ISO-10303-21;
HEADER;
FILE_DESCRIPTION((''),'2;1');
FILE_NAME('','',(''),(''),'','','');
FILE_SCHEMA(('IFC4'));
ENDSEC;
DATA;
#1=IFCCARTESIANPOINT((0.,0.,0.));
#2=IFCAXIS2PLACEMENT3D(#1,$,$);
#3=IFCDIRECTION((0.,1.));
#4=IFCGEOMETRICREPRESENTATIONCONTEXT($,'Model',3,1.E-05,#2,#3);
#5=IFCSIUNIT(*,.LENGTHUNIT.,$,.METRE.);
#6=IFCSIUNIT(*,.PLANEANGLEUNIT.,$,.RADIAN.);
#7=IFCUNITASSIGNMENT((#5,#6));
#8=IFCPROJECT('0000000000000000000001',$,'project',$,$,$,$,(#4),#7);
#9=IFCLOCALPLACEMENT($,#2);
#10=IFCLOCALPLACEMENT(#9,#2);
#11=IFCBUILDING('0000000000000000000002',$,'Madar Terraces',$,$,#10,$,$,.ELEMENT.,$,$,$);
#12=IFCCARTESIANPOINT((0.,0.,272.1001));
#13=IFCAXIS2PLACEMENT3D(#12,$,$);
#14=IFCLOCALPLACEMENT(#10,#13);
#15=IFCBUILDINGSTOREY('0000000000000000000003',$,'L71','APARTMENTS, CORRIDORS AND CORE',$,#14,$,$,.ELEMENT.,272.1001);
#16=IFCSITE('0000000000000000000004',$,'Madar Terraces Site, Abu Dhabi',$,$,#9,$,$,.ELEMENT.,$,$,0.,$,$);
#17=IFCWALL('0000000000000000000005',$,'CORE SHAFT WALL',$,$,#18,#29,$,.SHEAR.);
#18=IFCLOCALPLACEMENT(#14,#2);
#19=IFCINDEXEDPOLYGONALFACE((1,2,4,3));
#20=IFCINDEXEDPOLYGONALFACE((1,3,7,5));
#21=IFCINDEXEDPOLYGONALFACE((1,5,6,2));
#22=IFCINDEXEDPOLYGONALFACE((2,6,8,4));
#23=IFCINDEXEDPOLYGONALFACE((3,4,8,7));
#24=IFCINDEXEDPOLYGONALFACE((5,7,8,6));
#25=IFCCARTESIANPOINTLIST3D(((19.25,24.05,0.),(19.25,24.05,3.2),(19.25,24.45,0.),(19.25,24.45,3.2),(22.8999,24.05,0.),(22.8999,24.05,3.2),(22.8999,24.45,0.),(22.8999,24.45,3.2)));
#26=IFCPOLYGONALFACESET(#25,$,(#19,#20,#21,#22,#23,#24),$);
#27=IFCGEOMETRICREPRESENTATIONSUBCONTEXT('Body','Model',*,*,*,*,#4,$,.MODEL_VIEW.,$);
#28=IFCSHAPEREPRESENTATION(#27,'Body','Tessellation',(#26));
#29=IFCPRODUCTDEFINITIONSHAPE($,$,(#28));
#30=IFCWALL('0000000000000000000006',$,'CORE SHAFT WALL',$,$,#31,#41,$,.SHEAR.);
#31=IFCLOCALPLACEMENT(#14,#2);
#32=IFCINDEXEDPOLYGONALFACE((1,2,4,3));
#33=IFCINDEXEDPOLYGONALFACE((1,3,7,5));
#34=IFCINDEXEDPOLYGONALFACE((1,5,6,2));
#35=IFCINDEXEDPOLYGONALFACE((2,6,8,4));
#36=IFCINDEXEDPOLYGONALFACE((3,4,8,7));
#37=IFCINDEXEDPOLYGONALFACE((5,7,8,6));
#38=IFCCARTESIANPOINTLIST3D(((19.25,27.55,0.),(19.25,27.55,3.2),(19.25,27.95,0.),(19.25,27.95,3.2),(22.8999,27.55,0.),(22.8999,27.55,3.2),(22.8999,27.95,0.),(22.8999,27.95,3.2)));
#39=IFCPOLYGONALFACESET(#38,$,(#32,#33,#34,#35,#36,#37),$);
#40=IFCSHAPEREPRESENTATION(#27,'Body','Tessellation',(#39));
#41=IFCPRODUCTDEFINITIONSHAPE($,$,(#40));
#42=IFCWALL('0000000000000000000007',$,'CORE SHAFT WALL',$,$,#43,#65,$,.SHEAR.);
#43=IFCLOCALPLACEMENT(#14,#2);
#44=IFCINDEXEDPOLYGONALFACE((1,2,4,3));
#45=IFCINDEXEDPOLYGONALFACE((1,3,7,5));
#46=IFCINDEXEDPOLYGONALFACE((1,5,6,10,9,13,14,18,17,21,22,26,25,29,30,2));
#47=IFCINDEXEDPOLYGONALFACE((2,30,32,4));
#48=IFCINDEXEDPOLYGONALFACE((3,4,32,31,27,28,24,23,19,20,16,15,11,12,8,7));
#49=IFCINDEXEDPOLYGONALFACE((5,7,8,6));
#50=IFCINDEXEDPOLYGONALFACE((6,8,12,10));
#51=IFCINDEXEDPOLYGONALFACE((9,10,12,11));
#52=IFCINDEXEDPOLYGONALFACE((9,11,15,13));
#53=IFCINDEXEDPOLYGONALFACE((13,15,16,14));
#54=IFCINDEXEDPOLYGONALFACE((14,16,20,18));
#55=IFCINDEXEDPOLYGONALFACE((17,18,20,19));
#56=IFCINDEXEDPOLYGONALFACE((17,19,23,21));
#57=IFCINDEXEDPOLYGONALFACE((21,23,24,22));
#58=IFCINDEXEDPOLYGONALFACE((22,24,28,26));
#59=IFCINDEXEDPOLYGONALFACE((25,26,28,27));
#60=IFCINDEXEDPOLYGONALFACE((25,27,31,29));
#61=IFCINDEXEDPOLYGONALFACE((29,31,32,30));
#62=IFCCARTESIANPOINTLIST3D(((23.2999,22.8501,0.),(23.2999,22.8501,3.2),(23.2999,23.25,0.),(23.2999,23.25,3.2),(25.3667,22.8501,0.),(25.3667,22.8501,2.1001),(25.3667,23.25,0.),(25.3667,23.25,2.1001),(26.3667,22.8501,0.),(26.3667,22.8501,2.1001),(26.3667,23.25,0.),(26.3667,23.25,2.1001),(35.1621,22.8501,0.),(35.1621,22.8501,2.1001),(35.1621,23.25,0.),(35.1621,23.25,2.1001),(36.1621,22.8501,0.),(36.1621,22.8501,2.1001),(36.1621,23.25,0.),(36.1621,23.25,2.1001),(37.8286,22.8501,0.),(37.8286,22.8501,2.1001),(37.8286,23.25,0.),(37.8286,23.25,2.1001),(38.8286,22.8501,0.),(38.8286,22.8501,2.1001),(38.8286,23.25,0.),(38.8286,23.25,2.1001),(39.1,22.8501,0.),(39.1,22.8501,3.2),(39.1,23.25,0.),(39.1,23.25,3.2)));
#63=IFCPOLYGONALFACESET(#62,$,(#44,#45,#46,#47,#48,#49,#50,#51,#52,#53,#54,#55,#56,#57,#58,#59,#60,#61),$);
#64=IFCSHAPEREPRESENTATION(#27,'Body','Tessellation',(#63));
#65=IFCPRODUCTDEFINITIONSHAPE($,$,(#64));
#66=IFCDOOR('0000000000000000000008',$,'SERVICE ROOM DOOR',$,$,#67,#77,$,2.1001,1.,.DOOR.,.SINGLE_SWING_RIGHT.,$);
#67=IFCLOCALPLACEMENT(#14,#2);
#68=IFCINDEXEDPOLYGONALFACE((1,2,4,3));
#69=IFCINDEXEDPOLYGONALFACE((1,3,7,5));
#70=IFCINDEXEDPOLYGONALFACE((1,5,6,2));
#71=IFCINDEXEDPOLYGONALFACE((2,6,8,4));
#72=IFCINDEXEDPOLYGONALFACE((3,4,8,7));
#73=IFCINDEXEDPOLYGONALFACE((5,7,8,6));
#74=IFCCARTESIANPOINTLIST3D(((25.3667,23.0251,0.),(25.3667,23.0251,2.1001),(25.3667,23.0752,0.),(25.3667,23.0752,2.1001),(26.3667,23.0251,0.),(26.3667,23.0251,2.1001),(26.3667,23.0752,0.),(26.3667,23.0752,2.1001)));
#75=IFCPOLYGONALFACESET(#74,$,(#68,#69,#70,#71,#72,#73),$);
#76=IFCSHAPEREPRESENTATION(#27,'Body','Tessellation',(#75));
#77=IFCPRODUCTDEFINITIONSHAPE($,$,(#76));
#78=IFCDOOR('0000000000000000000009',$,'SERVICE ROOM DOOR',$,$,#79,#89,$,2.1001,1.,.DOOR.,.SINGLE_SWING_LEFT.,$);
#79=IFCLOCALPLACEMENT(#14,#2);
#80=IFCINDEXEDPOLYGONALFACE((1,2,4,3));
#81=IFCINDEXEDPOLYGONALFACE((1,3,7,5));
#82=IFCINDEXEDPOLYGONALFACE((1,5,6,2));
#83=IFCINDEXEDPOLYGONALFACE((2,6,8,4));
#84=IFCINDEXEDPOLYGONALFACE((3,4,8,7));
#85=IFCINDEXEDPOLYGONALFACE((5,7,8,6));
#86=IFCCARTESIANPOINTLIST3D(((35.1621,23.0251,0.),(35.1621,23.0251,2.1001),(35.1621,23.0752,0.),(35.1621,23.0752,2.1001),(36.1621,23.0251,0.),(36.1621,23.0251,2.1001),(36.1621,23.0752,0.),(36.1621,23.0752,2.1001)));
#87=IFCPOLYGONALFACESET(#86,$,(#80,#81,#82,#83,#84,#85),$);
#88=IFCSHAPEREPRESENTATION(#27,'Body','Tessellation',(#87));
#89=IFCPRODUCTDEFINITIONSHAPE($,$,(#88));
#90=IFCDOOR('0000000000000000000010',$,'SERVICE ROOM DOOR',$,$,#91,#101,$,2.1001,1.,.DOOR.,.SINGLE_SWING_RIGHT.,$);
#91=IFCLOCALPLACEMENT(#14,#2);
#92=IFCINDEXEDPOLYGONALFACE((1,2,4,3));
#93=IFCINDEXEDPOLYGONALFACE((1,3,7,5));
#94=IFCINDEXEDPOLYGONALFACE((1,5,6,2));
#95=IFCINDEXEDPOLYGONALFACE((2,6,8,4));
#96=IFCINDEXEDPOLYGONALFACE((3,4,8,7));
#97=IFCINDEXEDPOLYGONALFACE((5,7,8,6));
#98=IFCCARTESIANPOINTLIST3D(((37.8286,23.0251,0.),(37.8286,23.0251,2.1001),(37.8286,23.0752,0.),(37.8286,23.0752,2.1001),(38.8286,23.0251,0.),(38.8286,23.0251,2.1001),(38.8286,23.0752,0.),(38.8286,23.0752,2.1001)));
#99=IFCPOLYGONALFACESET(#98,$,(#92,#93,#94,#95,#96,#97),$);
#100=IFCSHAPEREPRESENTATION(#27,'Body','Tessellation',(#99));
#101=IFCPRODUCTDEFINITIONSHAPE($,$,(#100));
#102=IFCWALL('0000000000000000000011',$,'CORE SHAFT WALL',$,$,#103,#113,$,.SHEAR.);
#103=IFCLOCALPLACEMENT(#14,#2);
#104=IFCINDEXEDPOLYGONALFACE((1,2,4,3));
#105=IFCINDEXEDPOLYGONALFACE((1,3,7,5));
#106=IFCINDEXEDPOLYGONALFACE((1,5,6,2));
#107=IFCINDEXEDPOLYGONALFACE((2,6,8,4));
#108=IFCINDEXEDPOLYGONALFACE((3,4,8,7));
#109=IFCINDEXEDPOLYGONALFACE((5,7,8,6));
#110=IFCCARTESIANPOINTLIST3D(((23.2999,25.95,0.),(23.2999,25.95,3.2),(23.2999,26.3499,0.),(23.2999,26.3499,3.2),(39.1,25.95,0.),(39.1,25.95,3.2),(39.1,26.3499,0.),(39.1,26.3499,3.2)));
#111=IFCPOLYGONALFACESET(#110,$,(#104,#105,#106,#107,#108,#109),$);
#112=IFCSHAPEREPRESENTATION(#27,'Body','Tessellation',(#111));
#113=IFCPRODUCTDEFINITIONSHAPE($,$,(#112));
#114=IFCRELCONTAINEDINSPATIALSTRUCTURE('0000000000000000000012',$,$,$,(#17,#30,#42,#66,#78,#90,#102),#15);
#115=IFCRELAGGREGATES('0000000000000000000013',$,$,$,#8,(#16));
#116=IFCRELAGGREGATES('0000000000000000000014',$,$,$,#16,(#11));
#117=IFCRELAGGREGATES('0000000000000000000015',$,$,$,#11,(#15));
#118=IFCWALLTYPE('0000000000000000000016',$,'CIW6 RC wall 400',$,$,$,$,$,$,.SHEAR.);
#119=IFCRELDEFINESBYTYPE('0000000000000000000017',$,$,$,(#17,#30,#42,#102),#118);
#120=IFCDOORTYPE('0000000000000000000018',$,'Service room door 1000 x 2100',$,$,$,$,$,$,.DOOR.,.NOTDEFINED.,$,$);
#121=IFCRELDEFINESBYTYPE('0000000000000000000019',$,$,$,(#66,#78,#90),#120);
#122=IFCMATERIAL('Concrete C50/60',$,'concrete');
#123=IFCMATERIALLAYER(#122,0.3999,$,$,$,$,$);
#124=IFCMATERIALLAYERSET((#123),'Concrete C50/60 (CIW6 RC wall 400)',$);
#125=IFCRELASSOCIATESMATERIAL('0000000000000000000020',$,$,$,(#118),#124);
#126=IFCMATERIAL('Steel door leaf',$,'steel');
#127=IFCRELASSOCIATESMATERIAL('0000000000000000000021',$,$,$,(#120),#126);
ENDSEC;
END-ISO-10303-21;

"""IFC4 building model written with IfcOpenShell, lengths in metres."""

from ifc_helpers import new_model, si_unit, direction, frame, frame_2d, origin, place, context, subcontext, project, spatial, rectangle, extrude, material, layer, layer_set, type_object, element, fill, save


model = new_model("IFC4")

# Units and contexts
model_context = context("Model", 3, precision=1e-05, world=origin(), true_north=direction((0.0, 1.0)))
body_context = subcontext(model_context, "Body", "Model", "MODEL_VIEW")
ifc_project = project(units=[si_unit("LENGTHUNIT", "METRE"), si_unit("PLANEANGLEUNIT", "RADIAN")], contexts=[model_context])

# Site, building, storey
site_placement = place(None, origin())
site = spatial("IfcSite", under=ifc_project, at=site_placement, Name="Madar Terraces Site, Abu Dhabi", CompositionType="ELEMENT", RefElevation=0.0)
building_placement = place(site_placement, origin())
building = spatial("IfcBuilding", under=site, at=building_placement, Name="Madar Terraces", CompositionType="ELEMENT")
storey_placement = place(building_placement, frame((0.0, 0.0, 272.1001)))
storey = spatial("IfcBuildingStorey", under=building, at=storey_placement, Name="L71", Description="APARTMENTS, CORRIDORS AND CORE", CompositionType="ELEMENT", Elevation=272.1001)

# Walls
ifc_material_1 = material(Name="Concrete C50/60", Category="concrete")
ifc_layer_1 = layer(ifc_material_1, 0.3999)
ifc_layer_set_1 = layer_set([ifc_layer_1], Name="Concrete C50/60 (CIW6 RC wall 400)")
wall_type_1 = type_object("IfcWallType", Name="CIW6 RC wall 400", PredefinedType="SHEAR", material=ifc_layer_set_1)
for number, where, z_axis, x_axis, name in (
    (1, (19.25, 24.25, 0.0), (0.0, 0.0, 1.0), (1.0, 0.0, 0.0), "CORE SHAFT WALL"),
    (2, (19.25, 27.75, 0.0), (0.0, 0.0, 1.0), (1.0, 0.0, 0.0), "CORE SHAFT WALL"),
):
    element("IfcWall", number, at=place(storey_placement, frame(where, z_axis=z_axis, x_axis=x_axis)), inside=storey, type_object=wall_type_1, Name=name, PredefinedType="SHEAR", context=body_context, shape_type="SweptSolid", body=[
        extrude(rectangle(XDim=3.6499, YDim=0.3999, at=frame_2d((1.825, 0.0))), origin(), (0.0, 0.0, 1.0), 3.2),
    ])

# Wall, openings, doors
wall_1_placement = place(storey_placement, frame((23.3, 23.05, 0.0), z_axis=(0.0, 0.0, 1.0), x_axis=(1.0, 0.0, 0.0)))
wall_1 = element("IfcWall", 3, at=wall_1_placement, inside=storey, type_object=wall_type_1, Name="CORE SHAFT WALL", PredefinedType="SHEAR", context=body_context, shape_type="SweptSolid", body=[
    extrude(rectangle(XDim=15.8, YDim=0.3999, at=frame_2d((7.8999, 0.0))), origin(), (0.0, 0.0, 1.0), 3.2),
])
opening_1_placement = place(wall_1_placement, frame((2.0667, 0.0, 0.0)))
opening_1 = element("IfcOpeningElement", 4, at=opening_1_placement, cuts=wall_1, PredefinedType="OPENING", context=body_context, shape_type="SweptSolid", body=[
    extrude(rectangle(XDim=1.0, YDim=2.1001, at=frame_2d((0.5, 1.05))), frame((0.0, 0.21, 0.0), z_axis=(0.0, -1.0, 0.0), x_axis=(1.0, 0.0, 0.0)), (0.0, 0.0, 1.0), 0.4199),
])
opening_2_placement = place(wall_1_placement, frame((11.8621, 0.0, 0.0)))
opening_2 = element("IfcOpeningElement", 5, at=opening_2_placement, cuts=wall_1, PredefinedType="OPENING", context=body_context, shape_type="SweptSolid", body=[
    extrude(rectangle(XDim=1.0, YDim=2.1001, at=frame_2d((0.5, 1.05))), frame((0.0, 0.21, 0.0), z_axis=(0.0, -1.0, 0.0), x_axis=(1.0, 0.0, 0.0)), (0.0, 0.0, 1.0), 0.4199),
])
opening_3_placement = place(wall_1_placement, frame((14.5286, 0.0, 0.0)))
opening_3 = element("IfcOpeningElement", 6, at=opening_3_placement, cuts=wall_1, PredefinedType="OPENING", context=body_context, shape_type="SweptSolid", body=[
    extrude(rectangle(XDim=1.0, YDim=2.1001, at=frame_2d((0.5, 1.05))), frame((0.0, 0.21, 0.0), z_axis=(0.0, -1.0, 0.0), x_axis=(1.0, 0.0, 0.0)), (0.0, 0.0, 1.0), 0.4199),
])
ifc_material_2 = material(Name="Steel door leaf", Category="steel")
door_type_1 = type_object("IfcDoorType", Name="Service room door 1000 x 2100", OperationType="NOTDEFINED", PredefinedType="DOOR", material=ifc_material_2)
door_1_placement = place(opening_1_placement, frame((1.0, 0.0, 0.0), z_axis=(0.0, 0.0, 1.0), x_axis=(-1.0, 0.0, 0.0)))
door_1 = element("IfcDoor", 7, at=door_1_placement, inside=storey, type_object=door_type_1, Name="SERVICE ROOM DOOR", OperationType="SINGLE_SWING_RIGHT", OverallHeight=2.1001, OverallWidth=1.0, PredefinedType="DOOR", context=body_context, shape_type="SweptSolid", body=[
    extrude(rectangle(XDim=1.0, YDim=2.1001, at=frame_2d((0.5, 1.05))), frame((0.0, 0.0249, 0.0), z_axis=(0.0, -1.0, 0.0), x_axis=(1.0, 0.0, 0.0)), (0.0, 0.0, 1.0), 0.05),
])
fill(opening_1, door_1)
door_2_placement = place(opening_2_placement, frame((1.0, 0.0, 0.0), z_axis=(0.0, 0.0, 1.0), x_axis=(-1.0, 0.0, 0.0)))
door_2 = element("IfcDoor", 8, at=door_2_placement, inside=storey, type_object=door_type_1, Name="SERVICE ROOM DOOR", OperationType="SINGLE_SWING_LEFT", OverallHeight=2.1001, OverallWidth=1.0, PredefinedType="DOOR", context=body_context, shape_type="SweptSolid", body=[
    extrude(rectangle(XDim=1.0, YDim=2.1001, at=frame_2d((0.5, 1.05))), frame((0.0, 0.0249, 0.0), z_axis=(0.0, -1.0, 0.0), x_axis=(1.0, 0.0, 0.0)), (0.0, 0.0, 1.0), 0.05),
])
fill(opening_2, door_2)
door_3_placement = place(opening_3_placement, frame((1.0, 0.0, 0.0), z_axis=(0.0, 0.0, 1.0), x_axis=(-1.0, 0.0, 0.0)))
door_3 = element("IfcDoor", 9, at=door_3_placement, inside=storey, type_object=door_type_1, Name="SERVICE ROOM DOOR", OperationType="SINGLE_SWING_RIGHT", OverallHeight=2.1001, OverallWidth=1.0, PredefinedType="DOOR", context=body_context, shape_type="SweptSolid", body=[
    extrude(rectangle(XDim=1.0, YDim=2.1001, at=frame_2d((0.5, 1.05))), frame((0.0, 0.0249, 0.0), z_axis=(0.0, -1.0, 0.0), x_axis=(1.0, 0.0, 0.0)), (0.0, 0.0, 1.0), 0.05),
])
fill(opening_3, door_3)

# Wall
wall_2_placement = place(storey_placement, frame((23.3, 26.1499, 0.0), z_axis=(0.0, 0.0, 1.0), x_axis=(1.0, 0.0, 0.0)))
element("IfcWall", 10, at=wall_2_placement, inside=storey, type_object=wall_type_1, Name="CORE SHAFT WALL", PredefinedType="SHEAR", context=body_context, shape_type="SweptSolid", body=[
    extrude(rectangle(XDim=15.8, YDim=0.3999, at=frame_2d((7.8999, 0.0))), origin(), (0.0, 0.0, 1.0), 3.2),
])

save(model, "model.ifc")
